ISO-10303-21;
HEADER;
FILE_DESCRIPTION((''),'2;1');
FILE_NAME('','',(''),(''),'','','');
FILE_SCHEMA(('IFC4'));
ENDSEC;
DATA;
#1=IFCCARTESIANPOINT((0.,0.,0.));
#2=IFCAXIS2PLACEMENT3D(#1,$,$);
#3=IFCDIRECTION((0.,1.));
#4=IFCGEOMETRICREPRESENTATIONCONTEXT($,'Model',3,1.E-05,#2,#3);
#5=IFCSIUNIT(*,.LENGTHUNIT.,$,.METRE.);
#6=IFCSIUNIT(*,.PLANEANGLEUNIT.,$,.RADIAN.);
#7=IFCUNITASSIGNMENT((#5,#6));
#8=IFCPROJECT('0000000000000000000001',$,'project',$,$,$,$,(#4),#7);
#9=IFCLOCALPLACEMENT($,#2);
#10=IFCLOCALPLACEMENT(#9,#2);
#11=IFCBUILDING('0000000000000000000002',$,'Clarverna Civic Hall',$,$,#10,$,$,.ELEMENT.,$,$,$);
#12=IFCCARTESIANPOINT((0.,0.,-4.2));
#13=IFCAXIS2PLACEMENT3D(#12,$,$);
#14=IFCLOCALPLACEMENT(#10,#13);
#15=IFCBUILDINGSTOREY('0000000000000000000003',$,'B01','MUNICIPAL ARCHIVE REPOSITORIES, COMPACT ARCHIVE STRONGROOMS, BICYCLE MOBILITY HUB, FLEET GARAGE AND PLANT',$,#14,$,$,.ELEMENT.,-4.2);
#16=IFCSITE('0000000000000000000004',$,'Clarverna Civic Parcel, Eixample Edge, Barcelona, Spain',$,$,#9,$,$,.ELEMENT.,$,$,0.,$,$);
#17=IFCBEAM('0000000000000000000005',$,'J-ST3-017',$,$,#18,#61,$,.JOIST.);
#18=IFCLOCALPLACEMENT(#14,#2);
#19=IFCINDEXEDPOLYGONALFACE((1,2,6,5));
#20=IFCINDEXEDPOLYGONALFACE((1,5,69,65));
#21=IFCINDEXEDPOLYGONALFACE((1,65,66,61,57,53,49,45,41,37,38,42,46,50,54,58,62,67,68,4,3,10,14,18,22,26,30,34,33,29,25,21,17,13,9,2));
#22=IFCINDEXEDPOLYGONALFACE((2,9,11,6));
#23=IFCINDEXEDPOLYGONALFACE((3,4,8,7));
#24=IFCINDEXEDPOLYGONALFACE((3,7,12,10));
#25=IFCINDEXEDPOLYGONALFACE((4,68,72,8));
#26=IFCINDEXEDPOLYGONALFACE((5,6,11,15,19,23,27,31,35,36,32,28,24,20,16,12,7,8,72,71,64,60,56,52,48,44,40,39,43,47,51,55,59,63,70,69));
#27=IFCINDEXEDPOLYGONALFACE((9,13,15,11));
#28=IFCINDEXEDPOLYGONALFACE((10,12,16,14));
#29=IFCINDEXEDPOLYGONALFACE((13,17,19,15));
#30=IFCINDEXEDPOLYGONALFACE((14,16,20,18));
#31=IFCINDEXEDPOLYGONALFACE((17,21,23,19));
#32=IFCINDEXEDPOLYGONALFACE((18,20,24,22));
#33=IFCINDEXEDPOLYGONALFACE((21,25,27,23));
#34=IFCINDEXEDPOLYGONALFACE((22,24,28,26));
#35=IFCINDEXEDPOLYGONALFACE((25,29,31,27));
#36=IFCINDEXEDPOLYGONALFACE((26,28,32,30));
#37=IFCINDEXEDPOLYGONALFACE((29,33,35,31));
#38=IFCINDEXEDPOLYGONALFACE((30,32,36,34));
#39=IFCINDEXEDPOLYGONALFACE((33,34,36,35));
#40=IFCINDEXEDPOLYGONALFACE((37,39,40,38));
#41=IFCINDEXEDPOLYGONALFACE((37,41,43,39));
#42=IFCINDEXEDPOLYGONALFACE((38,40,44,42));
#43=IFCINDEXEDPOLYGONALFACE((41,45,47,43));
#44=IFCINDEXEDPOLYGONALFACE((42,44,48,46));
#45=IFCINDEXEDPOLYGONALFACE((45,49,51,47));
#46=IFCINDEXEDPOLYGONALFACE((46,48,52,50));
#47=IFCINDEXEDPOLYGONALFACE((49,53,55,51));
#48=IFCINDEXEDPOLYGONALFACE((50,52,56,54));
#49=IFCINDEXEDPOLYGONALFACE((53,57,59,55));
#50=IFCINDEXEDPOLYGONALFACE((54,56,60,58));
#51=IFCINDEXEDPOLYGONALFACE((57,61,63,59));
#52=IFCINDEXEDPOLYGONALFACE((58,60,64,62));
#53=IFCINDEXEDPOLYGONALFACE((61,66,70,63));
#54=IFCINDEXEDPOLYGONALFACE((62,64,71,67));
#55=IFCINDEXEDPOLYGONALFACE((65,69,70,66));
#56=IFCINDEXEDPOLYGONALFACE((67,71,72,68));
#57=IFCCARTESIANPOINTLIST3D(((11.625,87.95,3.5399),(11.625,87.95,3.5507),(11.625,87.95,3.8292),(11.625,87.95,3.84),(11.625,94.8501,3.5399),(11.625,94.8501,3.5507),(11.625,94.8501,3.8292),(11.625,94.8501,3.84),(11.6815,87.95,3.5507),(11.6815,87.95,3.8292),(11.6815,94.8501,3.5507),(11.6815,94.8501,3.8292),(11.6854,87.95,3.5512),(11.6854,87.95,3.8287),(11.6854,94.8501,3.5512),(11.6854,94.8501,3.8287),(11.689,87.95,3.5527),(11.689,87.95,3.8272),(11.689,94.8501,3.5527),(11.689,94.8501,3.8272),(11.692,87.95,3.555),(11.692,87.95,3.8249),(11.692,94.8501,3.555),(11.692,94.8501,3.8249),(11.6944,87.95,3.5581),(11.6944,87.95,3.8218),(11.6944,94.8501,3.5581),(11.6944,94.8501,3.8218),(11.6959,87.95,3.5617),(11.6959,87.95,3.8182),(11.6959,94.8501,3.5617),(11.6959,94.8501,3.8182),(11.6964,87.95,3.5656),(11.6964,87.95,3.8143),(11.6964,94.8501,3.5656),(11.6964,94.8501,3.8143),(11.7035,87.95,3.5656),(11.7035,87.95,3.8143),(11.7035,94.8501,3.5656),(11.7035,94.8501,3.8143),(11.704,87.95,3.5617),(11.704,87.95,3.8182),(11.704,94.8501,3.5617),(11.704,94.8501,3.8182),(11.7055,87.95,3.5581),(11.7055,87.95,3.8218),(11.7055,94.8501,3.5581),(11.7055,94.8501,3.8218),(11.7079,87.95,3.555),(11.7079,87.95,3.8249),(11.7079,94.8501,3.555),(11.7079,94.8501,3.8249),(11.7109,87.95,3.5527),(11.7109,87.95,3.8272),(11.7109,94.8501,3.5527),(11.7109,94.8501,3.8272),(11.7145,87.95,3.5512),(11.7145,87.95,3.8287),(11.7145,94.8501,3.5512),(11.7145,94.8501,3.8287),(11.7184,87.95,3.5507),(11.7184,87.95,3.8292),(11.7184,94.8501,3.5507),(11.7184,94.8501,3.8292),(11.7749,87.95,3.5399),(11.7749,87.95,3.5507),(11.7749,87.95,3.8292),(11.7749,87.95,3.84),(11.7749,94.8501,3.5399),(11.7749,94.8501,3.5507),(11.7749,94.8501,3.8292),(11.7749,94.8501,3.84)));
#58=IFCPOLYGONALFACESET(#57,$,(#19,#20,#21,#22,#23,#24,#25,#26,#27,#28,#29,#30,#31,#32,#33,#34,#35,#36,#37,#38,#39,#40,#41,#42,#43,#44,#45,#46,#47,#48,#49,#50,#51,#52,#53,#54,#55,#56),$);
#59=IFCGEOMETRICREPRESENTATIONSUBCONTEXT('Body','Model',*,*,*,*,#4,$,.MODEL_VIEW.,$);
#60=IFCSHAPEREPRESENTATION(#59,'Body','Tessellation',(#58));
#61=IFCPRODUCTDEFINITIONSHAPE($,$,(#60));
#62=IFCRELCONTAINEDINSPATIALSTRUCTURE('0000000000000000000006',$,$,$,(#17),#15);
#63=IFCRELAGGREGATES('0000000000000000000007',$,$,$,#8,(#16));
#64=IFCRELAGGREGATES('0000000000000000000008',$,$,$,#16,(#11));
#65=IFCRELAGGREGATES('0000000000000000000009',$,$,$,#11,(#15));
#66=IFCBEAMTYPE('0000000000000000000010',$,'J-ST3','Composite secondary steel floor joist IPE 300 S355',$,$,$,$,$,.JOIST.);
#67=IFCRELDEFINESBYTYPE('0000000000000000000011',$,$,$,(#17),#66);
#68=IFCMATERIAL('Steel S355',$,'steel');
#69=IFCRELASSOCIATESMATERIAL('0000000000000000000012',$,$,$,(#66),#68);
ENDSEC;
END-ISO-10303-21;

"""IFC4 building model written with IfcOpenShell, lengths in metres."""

from ifc_helpers import new_model, si_unit, direction, frame, origin, origin_2d, place, context, subcontext, project, spatial, i_section, extrude, material, material_profile, profile_set, type_object, element, save


model = new_model("IFC4")

# Units and contexts
model_context = context("Model", 3, precision=1e-05, world=origin(), true_north=direction((0.0, 1.0)))
body_context = subcontext(model_context, "Body", "Model", "MODEL_VIEW")
ifc_project = project(units=[si_unit("LENGTHUNIT", "METRE"), si_unit("PLANEANGLEUNIT", "RADIAN")], contexts=[model_context])

# Site, building, storey
site_placement = place(None, origin())
site = spatial("IfcSite", under=ifc_project, at=site_placement, Name="Clarverna Civic Parcel, Eixample Edge, Barcelona, Spain", CompositionType="ELEMENT", RefElevation=0.0)
building_placement = place(site_placement, origin())
building = spatial("IfcBuilding", under=site, at=building_placement, Name="Clarverna Civic Hall", CompositionType="ELEMENT")
storey_placement = place(building_placement, frame((0.0, 0.0, -4.2)))
storey = spatial("IfcBuildingStorey", under=building, at=storey_placement, Name="B01", Description="MUNICIPAL ARCHIVE REPOSITORIES, COMPACT ARCHIVE STRONGROOMS, BICYCLE MOBILITY HUB, FLEET GARAGE AND PLANT", CompositionType="ELEMENT", Elevation=-4.2)

# Beam
ifc_material_1 = material(Name="Steel S355", Category="steel")
ifc_material_profile_1 = material_profile(ifc_material_1, i_section(OverallWidth=0.1499, OverallDepth=0.3, WebThickness=0.0071, FlangeThickness=0.0107, FilletRadius=0.0149, at=origin_2d()), Name="IPE 300")
ifc_profile_set_1 = profile_set([ifc_material_profile_1], Name="Steel S355")
beam_type_1 = type_object("IfcBeamType", Name="J-ST3", Description="Composite secondary steel floor joist IPE 300 S355", PredefinedType="JOIST", material=ifc_profile_set_1)
beam_1_placement = place(storey_placement, frame((11.7, 87.95, 3.6899), z_axis=(0.0, 1.0, 0.0), x_axis=(-1.0, 0.0, 0.0)))
element("IfcBeam", 1, at=beam_1_placement, inside=storey, type_object=beam_type_1, Name="J-ST3-017", PredefinedType="JOIST", context=body_context, shape_type="SweptSolid", body=[
    extrude(i_section(OverallWidth=0.1499, OverallDepth=0.3, WebThickness=0.0071, FlangeThickness=0.0107, FilletRadius=0.0149, at=origin_2d()), origin(), (0.0, 0.0, 1.0), 6.9001),
])

save(model, "model.ifc")
